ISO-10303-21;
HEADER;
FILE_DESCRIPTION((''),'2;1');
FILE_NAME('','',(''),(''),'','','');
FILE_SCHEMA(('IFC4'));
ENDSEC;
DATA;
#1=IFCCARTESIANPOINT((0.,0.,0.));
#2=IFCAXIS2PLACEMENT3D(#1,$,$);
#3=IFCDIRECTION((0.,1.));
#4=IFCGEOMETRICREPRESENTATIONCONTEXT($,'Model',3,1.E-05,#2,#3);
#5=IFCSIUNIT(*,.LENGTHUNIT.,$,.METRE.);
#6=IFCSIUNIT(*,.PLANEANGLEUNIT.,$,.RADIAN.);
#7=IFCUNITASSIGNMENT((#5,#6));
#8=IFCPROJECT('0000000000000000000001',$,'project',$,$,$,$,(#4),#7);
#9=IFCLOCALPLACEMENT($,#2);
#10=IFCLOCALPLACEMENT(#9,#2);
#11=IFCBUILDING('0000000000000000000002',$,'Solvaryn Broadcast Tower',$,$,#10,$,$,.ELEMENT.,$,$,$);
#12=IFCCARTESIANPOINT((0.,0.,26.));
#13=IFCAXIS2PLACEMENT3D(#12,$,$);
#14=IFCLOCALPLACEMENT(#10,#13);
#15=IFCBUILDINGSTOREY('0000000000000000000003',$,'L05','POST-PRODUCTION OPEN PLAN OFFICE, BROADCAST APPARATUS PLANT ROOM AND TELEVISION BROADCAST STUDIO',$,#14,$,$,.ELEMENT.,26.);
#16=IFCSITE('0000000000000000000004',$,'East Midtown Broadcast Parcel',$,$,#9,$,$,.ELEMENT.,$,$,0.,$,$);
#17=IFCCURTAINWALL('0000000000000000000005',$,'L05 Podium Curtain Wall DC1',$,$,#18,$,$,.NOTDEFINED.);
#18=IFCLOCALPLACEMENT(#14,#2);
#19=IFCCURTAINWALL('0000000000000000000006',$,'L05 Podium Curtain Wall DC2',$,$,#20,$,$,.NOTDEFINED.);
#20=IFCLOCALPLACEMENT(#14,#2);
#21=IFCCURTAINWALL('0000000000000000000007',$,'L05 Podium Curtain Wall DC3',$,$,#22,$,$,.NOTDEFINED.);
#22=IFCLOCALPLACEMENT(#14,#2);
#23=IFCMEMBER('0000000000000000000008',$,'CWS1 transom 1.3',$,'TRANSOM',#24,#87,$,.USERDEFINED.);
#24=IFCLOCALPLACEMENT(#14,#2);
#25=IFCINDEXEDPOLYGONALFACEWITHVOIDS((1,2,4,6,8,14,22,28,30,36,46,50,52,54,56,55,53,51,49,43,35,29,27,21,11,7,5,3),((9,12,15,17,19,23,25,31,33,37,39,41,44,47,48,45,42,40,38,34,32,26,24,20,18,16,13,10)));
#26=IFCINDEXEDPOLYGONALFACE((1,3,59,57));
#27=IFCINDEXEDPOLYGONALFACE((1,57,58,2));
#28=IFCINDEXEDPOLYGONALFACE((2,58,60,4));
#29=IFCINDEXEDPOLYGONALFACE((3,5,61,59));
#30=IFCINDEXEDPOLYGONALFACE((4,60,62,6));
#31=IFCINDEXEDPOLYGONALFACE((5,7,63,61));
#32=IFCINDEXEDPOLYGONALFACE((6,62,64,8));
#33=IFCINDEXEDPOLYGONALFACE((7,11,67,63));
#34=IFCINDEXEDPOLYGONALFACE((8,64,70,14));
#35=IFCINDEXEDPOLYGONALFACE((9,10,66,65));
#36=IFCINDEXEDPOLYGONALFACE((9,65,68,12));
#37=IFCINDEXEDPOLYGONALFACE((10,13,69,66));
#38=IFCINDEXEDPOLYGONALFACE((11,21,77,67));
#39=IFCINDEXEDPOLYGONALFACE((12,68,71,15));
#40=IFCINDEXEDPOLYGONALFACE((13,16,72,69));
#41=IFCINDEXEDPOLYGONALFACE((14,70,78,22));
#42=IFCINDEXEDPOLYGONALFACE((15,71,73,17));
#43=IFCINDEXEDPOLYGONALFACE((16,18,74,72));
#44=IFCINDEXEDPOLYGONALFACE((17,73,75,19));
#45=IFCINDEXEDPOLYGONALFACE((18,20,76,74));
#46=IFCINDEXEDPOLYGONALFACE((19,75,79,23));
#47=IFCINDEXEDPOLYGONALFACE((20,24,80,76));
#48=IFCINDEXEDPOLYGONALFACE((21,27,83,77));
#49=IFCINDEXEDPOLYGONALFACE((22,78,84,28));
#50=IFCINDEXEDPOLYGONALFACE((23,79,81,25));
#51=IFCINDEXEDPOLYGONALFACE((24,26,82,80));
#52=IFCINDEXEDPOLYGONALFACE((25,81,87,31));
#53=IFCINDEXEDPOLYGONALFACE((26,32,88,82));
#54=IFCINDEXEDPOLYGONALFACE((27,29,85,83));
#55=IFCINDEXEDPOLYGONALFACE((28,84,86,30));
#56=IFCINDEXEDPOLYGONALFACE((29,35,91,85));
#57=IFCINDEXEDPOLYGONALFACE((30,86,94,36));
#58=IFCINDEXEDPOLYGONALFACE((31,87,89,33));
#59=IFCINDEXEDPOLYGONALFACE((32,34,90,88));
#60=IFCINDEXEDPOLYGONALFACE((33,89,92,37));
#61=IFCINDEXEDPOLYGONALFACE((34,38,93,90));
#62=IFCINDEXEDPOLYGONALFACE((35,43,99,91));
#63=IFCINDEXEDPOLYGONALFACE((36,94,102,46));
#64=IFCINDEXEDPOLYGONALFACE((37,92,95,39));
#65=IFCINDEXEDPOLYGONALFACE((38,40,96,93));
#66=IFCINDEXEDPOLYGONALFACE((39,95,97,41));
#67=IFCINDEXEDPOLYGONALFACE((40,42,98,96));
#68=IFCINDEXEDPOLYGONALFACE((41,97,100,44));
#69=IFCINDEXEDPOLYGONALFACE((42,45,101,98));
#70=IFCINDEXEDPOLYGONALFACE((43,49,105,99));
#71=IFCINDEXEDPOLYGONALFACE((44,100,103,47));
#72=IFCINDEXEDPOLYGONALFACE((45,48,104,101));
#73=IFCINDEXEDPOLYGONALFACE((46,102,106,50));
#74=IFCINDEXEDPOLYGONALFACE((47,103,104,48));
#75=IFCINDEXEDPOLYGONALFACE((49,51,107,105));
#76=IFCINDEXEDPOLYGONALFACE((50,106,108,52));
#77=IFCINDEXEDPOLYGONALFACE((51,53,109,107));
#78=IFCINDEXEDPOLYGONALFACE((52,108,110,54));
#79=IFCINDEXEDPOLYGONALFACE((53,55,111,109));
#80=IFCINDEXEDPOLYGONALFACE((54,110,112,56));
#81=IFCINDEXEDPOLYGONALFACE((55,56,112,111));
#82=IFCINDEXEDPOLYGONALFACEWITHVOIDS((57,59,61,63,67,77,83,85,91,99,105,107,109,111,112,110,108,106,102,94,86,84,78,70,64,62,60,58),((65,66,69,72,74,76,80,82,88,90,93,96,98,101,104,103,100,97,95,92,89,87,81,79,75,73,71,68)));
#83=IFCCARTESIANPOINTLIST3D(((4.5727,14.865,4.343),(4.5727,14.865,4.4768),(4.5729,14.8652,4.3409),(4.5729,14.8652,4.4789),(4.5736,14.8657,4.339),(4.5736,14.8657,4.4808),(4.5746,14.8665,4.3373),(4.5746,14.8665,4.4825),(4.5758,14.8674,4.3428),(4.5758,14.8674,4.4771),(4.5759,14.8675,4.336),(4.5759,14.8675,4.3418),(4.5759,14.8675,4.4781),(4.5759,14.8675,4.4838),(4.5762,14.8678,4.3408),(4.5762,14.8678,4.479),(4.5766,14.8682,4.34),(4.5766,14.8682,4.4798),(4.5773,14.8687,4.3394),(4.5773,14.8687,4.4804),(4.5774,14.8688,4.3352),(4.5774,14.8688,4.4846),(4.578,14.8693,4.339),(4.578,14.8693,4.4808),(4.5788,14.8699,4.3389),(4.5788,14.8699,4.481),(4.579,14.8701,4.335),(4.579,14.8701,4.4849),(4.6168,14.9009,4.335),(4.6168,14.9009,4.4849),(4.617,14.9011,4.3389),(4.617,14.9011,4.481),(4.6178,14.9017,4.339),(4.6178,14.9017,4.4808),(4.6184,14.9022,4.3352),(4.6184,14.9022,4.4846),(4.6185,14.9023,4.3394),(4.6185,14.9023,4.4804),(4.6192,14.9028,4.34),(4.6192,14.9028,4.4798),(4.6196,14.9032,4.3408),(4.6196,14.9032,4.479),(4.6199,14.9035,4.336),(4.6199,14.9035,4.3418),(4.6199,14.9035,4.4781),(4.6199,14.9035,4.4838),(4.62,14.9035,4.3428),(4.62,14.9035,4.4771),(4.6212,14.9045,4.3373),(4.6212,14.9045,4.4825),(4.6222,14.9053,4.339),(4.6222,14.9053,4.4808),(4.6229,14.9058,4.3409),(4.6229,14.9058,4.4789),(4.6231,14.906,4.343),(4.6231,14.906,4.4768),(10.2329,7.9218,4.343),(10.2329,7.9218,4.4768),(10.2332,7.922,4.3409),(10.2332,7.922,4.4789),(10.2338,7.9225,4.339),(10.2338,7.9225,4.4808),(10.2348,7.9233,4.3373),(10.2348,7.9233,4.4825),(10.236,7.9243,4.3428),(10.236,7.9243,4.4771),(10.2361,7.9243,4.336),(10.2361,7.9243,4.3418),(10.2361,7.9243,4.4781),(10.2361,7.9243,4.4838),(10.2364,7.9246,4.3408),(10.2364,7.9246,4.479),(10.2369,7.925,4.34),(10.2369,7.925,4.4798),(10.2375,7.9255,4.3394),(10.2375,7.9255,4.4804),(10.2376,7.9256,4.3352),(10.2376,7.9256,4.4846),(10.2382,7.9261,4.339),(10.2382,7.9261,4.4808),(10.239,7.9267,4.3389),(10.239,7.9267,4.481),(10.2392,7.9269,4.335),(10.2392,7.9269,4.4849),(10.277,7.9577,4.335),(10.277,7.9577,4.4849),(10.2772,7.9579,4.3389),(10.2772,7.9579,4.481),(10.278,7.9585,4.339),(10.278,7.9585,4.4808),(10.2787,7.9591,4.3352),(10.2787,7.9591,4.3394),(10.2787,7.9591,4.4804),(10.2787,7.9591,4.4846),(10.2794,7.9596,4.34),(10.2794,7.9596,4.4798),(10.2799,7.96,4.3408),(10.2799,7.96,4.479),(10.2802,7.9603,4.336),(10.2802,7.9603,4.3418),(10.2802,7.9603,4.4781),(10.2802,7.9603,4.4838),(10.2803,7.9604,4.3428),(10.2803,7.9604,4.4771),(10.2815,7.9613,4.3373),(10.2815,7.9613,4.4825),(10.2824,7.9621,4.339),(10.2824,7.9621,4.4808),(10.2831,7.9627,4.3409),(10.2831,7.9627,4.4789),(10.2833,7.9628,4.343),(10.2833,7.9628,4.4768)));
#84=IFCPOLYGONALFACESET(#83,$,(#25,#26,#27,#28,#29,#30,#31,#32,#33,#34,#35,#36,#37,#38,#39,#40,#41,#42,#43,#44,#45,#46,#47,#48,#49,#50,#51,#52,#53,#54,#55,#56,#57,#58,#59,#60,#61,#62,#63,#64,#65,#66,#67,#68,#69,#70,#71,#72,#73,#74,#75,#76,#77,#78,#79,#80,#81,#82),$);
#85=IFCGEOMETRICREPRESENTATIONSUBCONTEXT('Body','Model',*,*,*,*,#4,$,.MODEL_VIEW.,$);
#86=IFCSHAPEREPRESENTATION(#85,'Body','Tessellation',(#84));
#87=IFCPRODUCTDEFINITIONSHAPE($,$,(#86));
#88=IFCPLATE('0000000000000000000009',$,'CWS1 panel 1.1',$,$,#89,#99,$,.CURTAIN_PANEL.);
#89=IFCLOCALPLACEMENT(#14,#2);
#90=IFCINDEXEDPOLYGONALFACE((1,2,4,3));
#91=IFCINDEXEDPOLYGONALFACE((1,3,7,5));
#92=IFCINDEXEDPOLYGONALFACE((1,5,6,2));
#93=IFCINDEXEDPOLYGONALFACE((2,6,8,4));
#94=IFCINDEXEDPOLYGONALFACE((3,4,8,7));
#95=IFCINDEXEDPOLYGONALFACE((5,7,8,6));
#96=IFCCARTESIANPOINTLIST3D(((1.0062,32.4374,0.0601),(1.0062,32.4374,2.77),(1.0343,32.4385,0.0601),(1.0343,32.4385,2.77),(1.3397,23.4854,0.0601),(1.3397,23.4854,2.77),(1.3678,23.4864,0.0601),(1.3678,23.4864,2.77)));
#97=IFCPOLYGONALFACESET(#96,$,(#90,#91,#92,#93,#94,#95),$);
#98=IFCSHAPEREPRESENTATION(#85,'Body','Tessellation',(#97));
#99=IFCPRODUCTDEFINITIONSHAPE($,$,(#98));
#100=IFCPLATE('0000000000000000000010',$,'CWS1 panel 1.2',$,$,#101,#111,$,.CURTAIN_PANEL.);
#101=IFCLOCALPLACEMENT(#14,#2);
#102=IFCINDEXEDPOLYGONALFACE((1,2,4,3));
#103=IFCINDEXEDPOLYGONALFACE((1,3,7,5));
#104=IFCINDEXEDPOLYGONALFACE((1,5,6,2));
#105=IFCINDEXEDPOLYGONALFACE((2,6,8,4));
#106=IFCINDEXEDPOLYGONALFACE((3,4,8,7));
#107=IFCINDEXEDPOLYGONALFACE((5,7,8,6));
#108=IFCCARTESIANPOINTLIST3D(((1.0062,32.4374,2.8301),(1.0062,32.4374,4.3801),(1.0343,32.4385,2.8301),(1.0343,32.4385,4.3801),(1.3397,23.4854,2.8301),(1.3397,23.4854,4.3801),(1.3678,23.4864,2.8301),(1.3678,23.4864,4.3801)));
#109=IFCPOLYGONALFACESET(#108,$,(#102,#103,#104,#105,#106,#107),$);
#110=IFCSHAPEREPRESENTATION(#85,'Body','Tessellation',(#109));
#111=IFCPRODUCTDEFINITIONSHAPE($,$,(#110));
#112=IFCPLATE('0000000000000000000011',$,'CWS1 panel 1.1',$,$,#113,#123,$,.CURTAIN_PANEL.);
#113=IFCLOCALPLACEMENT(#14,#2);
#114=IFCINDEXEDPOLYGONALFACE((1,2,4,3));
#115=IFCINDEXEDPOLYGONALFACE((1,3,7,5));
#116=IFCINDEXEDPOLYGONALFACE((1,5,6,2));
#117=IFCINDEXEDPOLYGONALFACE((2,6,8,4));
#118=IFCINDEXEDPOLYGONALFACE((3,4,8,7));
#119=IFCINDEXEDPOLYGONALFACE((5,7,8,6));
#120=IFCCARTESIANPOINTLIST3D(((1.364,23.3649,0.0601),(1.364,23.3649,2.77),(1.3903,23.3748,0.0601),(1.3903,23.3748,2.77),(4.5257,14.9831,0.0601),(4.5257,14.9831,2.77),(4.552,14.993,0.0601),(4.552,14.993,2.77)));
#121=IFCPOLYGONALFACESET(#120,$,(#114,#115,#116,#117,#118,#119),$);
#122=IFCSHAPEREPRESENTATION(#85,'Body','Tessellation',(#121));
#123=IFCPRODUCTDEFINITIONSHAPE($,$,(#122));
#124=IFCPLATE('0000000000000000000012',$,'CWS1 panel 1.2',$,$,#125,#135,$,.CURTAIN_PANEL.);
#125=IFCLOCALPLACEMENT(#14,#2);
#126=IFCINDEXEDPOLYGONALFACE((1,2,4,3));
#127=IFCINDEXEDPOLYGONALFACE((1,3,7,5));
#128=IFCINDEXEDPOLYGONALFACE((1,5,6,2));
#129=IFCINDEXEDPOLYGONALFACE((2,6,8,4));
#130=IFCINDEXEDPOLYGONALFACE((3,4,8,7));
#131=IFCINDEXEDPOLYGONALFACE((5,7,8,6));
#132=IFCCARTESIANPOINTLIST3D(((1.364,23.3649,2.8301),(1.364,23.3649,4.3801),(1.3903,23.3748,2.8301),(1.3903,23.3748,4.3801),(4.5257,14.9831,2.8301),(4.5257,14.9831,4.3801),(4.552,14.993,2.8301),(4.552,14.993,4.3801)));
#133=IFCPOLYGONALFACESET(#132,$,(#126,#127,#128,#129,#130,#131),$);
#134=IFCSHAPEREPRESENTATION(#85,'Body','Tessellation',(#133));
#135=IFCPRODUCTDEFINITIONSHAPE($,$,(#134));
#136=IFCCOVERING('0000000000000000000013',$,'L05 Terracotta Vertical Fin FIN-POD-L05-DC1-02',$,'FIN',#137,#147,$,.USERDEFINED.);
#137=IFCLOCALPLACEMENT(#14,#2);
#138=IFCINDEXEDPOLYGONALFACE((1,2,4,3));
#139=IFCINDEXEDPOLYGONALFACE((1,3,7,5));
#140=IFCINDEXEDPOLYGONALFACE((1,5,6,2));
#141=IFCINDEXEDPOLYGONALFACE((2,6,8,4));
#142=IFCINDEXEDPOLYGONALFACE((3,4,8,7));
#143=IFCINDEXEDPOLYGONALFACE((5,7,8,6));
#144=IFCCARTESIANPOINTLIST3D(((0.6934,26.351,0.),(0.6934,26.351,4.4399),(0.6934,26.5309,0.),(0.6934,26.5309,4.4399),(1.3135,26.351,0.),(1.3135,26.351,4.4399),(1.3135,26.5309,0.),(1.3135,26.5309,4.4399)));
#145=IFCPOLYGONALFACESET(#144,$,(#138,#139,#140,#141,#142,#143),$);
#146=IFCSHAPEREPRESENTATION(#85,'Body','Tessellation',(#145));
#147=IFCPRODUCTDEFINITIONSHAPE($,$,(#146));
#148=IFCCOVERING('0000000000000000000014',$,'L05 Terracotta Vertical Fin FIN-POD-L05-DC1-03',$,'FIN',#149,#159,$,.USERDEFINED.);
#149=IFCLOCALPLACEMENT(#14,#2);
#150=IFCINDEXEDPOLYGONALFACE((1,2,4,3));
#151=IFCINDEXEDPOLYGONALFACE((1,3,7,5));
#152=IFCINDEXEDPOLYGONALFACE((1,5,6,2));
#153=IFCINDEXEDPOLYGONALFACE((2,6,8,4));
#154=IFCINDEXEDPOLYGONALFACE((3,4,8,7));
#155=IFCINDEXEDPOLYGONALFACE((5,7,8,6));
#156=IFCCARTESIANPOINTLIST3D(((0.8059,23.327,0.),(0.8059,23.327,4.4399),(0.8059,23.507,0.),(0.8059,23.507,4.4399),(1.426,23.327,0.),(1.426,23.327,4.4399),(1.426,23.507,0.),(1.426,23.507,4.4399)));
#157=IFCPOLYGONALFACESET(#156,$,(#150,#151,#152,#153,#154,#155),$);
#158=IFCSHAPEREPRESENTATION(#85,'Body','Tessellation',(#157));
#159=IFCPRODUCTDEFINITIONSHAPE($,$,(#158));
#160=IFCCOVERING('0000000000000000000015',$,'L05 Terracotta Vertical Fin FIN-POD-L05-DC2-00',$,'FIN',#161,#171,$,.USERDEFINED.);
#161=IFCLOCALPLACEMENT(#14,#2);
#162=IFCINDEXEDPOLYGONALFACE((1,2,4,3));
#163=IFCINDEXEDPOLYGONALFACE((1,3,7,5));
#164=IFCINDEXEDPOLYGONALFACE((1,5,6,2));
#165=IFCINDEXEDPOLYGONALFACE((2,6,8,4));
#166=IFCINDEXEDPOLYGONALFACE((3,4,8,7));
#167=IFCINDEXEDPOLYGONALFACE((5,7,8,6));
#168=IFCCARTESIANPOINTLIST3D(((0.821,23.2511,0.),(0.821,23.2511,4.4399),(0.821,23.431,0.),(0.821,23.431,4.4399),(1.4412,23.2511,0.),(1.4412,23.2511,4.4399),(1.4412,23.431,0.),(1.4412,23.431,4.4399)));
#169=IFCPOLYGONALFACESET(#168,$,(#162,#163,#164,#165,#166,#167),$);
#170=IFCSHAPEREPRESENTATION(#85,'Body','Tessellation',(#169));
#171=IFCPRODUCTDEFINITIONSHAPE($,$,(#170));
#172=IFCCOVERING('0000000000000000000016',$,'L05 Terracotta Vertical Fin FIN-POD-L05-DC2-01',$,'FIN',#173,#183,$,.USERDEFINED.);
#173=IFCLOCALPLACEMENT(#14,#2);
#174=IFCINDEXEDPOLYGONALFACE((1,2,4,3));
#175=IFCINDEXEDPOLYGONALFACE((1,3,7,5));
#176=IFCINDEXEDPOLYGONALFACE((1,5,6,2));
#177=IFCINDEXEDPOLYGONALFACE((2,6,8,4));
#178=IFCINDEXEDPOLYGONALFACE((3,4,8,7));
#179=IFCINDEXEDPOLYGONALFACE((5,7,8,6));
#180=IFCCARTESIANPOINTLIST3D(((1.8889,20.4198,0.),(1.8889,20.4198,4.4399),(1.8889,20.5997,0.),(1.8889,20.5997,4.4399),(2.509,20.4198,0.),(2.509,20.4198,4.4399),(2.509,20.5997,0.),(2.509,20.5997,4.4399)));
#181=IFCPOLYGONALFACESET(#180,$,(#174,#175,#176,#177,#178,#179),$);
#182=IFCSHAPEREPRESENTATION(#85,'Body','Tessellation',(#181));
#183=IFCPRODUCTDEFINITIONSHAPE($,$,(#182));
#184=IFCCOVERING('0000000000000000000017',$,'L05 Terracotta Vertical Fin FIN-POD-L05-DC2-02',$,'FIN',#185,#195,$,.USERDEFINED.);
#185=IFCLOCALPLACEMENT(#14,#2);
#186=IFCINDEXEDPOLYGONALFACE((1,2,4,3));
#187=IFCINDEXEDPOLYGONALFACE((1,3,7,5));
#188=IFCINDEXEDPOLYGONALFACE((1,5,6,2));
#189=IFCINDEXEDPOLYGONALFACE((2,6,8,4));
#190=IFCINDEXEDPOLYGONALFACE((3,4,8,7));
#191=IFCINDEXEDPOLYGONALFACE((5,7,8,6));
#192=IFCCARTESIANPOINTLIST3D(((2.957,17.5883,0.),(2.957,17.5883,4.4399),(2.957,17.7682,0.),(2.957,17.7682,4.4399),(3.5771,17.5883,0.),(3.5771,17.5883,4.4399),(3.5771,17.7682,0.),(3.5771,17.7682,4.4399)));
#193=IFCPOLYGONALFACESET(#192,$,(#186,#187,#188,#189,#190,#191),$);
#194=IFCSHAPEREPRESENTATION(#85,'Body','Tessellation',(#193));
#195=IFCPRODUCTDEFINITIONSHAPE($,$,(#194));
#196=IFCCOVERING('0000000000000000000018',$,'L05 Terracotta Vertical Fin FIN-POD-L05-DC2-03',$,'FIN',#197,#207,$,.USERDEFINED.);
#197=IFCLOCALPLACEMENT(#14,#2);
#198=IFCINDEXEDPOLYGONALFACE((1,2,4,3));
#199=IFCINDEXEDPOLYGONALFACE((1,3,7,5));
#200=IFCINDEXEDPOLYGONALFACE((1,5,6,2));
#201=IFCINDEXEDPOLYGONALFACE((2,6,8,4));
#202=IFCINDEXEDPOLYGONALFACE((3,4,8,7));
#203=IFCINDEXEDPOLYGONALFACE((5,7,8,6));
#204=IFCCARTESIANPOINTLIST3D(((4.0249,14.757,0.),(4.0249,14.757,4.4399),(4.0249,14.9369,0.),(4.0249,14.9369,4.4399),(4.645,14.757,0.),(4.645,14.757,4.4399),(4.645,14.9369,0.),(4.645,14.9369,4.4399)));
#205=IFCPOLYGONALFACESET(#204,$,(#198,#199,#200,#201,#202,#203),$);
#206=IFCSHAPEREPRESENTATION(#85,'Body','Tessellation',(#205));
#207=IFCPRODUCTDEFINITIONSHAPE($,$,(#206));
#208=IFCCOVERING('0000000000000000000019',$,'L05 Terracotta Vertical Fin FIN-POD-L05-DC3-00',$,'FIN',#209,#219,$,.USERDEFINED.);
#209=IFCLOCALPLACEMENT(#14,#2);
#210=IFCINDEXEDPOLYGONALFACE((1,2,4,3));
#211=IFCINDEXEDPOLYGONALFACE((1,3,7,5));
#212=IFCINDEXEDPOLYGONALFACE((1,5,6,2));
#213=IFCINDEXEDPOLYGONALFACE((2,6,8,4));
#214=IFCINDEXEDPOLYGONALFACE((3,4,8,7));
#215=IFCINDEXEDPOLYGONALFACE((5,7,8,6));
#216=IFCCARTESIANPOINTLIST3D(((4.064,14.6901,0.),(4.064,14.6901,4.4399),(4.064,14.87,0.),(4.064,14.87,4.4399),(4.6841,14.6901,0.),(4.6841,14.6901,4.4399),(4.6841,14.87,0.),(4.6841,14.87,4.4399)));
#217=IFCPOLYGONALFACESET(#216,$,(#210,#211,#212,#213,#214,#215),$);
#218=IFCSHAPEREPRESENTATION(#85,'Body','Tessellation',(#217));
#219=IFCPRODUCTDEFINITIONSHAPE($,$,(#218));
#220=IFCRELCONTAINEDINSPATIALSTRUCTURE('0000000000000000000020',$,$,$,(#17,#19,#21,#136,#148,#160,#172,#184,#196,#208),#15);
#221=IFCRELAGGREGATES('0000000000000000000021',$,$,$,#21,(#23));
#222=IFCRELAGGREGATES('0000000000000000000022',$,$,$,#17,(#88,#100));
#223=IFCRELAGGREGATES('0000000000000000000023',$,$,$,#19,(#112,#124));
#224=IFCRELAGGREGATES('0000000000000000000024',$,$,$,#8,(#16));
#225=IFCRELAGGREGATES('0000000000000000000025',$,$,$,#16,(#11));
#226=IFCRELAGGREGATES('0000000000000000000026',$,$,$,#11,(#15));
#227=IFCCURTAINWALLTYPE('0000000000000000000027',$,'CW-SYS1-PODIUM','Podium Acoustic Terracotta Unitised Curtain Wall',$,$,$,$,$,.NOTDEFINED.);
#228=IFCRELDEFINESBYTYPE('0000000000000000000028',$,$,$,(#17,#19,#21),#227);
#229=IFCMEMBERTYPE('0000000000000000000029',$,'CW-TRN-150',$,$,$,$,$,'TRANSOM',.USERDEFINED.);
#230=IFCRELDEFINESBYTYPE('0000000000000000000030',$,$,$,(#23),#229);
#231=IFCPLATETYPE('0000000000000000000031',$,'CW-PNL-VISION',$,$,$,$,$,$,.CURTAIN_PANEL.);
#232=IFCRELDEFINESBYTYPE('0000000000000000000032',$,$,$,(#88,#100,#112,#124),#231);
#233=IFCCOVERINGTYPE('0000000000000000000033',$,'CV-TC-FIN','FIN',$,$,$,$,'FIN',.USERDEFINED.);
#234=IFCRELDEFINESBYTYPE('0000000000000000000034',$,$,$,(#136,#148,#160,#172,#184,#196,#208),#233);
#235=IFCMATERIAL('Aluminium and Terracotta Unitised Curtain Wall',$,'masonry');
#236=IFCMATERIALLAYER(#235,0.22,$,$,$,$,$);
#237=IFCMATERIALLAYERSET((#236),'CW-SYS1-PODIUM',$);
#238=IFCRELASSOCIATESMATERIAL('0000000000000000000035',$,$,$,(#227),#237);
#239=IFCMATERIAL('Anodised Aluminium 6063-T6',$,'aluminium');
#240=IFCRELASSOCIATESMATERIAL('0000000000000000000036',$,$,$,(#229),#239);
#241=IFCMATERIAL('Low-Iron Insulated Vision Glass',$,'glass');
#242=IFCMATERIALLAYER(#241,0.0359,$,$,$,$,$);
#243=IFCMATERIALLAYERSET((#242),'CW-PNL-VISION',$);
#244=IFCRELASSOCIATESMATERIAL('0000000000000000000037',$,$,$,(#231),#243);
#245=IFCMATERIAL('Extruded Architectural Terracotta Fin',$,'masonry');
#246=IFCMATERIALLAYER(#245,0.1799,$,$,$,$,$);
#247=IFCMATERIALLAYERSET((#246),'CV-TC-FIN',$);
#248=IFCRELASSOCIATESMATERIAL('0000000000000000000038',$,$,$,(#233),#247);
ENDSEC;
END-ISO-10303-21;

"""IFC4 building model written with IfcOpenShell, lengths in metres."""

from ifc_helpers import new_model, si_unit, direction, frame, origin, origin_2d, place, context, subcontext, project, spatial, rectangle, hollow_rectangle, extrude, material, layer, layer_set, material_profile, profile_set, type_object, element, aggregate, save


model = new_model("IFC4")

# Units and contexts
model_context = context("Model", 3, precision=1e-05, world=origin(), true_north=direction((0.0, 1.0)))
body_context = subcontext(model_context, "Body", "Model", "MODEL_VIEW")
ifc_project = project(units=[si_unit("LENGTHUNIT", "METRE"), si_unit("PLANEANGLEUNIT", "RADIAN")], contexts=[model_context])

# Site, building, storey
site_placement = place(None, origin())
site = spatial("IfcSite", under=ifc_project, at=site_placement, Name="East Midtown Broadcast Parcel", CompositionType="ELEMENT", RefElevation=0.0)
building_placement = place(site_placement, origin())
building = spatial("IfcBuilding", under=site, at=building_placement, Name="Solvaryn Broadcast Tower", CompositionType="ELEMENT")
storey_placement = place(building_placement, frame((0.0, 0.0, 26.0)))
storey = spatial("IfcBuildingStorey", under=building, at=storey_placement, Name="L05", Description="POST-PRODUCTION OPEN PLAN OFFICE, BROADCAST APPARATUS PLANT ROOM AND TELEVISION BROADCAST STUDIO", CompositionType="ELEMENT", Elevation=26.0)

# Curtain wall
ifc_material_1 = material(Name="Aluminium and Terracotta Unitised Curtain Wall", Category="masonry")
ifc_layer_1 = layer(ifc_material_1, 0.22)
ifc_layer_set_1 = layer_set([ifc_layer_1], Name="CW-SYS1-PODIUM")
curtain_wall_type = type_object("IfcCurtainWallType", Name="CW-SYS1-PODIUM", Description="Podium Acoustic Terracotta Unitised Curtain Wall", PredefinedType="NOTDEFINED", material=ifc_layer_set_1)
curtain_wall_1_placement = place(storey_placement, origin())
curtain_wall_1 = element("IfcCurtainWall", 1, at=curtain_wall_1_placement, inside=storey, type_object=curtain_wall_type, Name="L05 Podium Curtain Wall DC1", PredefinedType="NOTDEFINED")

# Curtain wall
curtain_wall_2_placement = place(storey_placement, origin())
curtain_wall_2 = element("IfcCurtainWall", 2, at=curtain_wall_2_placement, inside=storey, type_object=curtain_wall_type, Name="L05 Podium Curtain Wall DC2", PredefinedType="NOTDEFINED")

# Curtain wall
curtain_wall_3_placement = place(storey_placement, origin())
curtain_wall_3 = element("IfcCurtainWall", 3, at=curtain_wall_3_placement, inside=storey, type_object=curtain_wall_type, Name="L05 Podium Curtain Wall DC3", PredefinedType="NOTDEFINED")

# Member
ifc_material_2 = material(Name="Anodised Aluminium 6063-T6", Category="aluminium")
ifc_material_profile_1 = material_profile(ifc_material_2, hollow_rectangle(XDim=0.0649, YDim=0.1499, WallThickness=0.0039, InnerFilletRadius=0.0039, OuterFilletRadius=0.0081, at=origin_2d()))
ifc_profile_set_1 = profile_set([ifc_material_profile_1], Name="Anodised Aluminium 6063-T6")
member_type_1 = type_object("IfcMemberType", Name="CW-TRN-150", ElementType="TRANSOM", PredefinedType="USERDEFINED", material=ifc_profile_set_1)
member_1_placement = place(storey_placement, frame((4.5979, 14.8855, 4.4099), z_axis=(0.631861, -0.775082, 0.0), x_axis=(0.775082, 0.631861, 0.0)))
member_1 = element("IfcMember", 4, at=member_1_placement, type_object=member_type_1, Name="CWS1 transom 1.3", ObjectType="TRANSOM", PredefinedType="USERDEFINED", context=body_context, shape_type="SweptSolid", body=[
    extrude(hollow_rectangle(XDim=0.0649, YDim=0.1499, WallThickness=0.0039, InnerFilletRadius=0.0039, OuterFilletRadius=0.0081, at=origin_2d()), origin(), (0.0, 0.0, 1.0), 8.958),
])
aggregate(curtain_wall_3, [member_1])

# Plates
ifc_material_3 = material(Name="Low-Iron Insulated Vision Glass", Category="glass")
ifc_layer_2 = layer(ifc_material_3, 0.0359)
ifc_layer_set_2 = layer_set([ifc_layer_2], Name="CW-PNL-VISION")
plate_type = type_object("IfcPlateType", Name="CW-PNL-VISION", PredefinedType="CURTAIN_PANEL", material=ifc_layer_set_2)
plate_1_placement = place(storey_placement, frame((1.187, 27.9619, 0.0601), z_axis=(0.0, 0.0, 1.0), x_axis=(0.037232, -0.999307, 0.0)))
plate_1 = element("IfcPlate", 5, at=plate_1_placement, type_object=plate_type, Name="CWS1 panel 1.1", PredefinedType="CURTAIN_PANEL", context=body_context, shape_type="SweptSolid", body=[
    extrude(rectangle(XDim=8.9583, YDim=0.0281, at=origin_2d()), origin(), (0.0, 0.0, 1.0), 2.71),
])
plate_2_placement = place(storey_placement, frame((1.187, 27.9619, 2.8301), z_axis=(0.0, 0.0, 1.0), x_axis=(0.037232, -0.999307, 0.0)))
plate_2 = element("IfcPlate", 6, at=plate_2_placement, type_object=plate_type, Name="CWS1 panel 1.2", PredefinedType="CURTAIN_PANEL", context=body_context, shape_type="SweptSolid", body=[
    extrude(rectangle(XDim=8.9583, YDim=0.0281, at=origin_2d()), origin(), (0.0, 0.0, 1.0), 1.55),
])
aggregate(curtain_wall_1, [plate_1, plate_2])
plate_3_placement = place(storey_placement, frame((2.958, 19.179, 0.0601), z_axis=(0.0, 0.0, 1.0), x_axis=(0.352934, -0.935648, 0.0)))
plate_3 = element("IfcPlate", 7, at=plate_3_placement, type_object=plate_type, Name="CWS1 panel 1.1", PredefinedType="CURTAIN_PANEL", context=body_context, shape_type="SweptSolid", body=[
    extrude(rectangle(XDim=8.9583, YDim=0.0281, at=origin_2d()), origin(), (0.0, 0.0, 1.0), 2.71),
])
plate_4_placement = place(storey_placement, frame((2.958, 19.179, 2.8301), z_axis=(0.0, 0.0, 1.0), x_axis=(0.352934, -0.935648, 0.0)))
plate_4 = element("IfcPlate", 8, at=plate_4_placement, type_object=plate_type, Name="CWS1 panel 1.2", PredefinedType="CURTAIN_PANEL", context=body_context, shape_type="SweptSolid", body=[
    extrude(rectangle(XDim=8.9583, YDim=0.0281, at=origin_2d()), origin(), (0.0, 0.0, 1.0), 1.55),
])
aggregate(curtain_wall_2, [plate_3, plate_4])

# Coverings
ifc_material_4 = material(Name="Extruded Architectural Terracotta Fin", Category="masonry")
ifc_layer_3 = layer(ifc_material_4, 0.1799)
ifc_layer_set_3 = layer_set([ifc_layer_3], Name="CV-TC-FIN")
covering_type = type_object("IfcCoveringType", Name="CV-TC-FIN", Description="FIN", ElementType="FIN", PredefinedType="USERDEFINED", material=ifc_layer_set_3)
for number, where, z_axis, x_axis, name in (
    (9, (1.0034, 26.4409, 0.0), (0.0, 0.0, 1.0), (1.0, 0.0, 0.0), "L05 Terracotta Vertical Fin FIN-POD-L05-DC1-02"),
    (10, (1.116, 23.417, 0.0), (0.0, 0.0, 1.0), (1.0, 0.0, 0.0), "L05 Terracotta Vertical Fin FIN-POD-L05-DC1-03"),
    (11, (1.1311, 23.3411, 0.0), (0.0, 0.0, 1.0), (1.0, 0.0, 0.0), "L05 Terracotta Vertical Fin FIN-POD-L05-DC2-00"),
    (12, (2.199, 20.5098, 0.0), (0.0, 0.0, 1.0), (1.0, 0.0, 0.0), "L05 Terracotta Vertical Fin FIN-POD-L05-DC2-01"),
    (13, (3.2671, 17.6782, 0.0), (0.0, 0.0, 1.0), (1.0, 0.0, 0.0), "L05 Terracotta Vertical Fin FIN-POD-L05-DC2-02"),
    (14, (4.335, 14.8469, 0.0), (0.0, 0.0, 1.0), (1.0, 0.0, 0.0), "L05 Terracotta Vertical Fin FIN-POD-L05-DC2-03"),
    (15, (4.374, 14.78, 0.0), (0.0, 0.0, 1.0), (1.0, 0.0, 0.0), "L05 Terracotta Vertical Fin FIN-POD-L05-DC3-00"),
):
    element("IfcCovering", number, at=place(storey_placement, frame(where, z_axis=z_axis, x_axis=x_axis)), inside=storey, type_object=covering_type, Name=name, ObjectType="FIN", PredefinedType="USERDEFINED", context=body_context, shape_type="SweptSolid", body=[
        extrude(rectangle(XDim=0.6201, YDim=0.1799, at=origin_2d()), origin(), (0.0, 0.0, 1.0), 4.4399),
    ])

save(model, "model.ifc")
